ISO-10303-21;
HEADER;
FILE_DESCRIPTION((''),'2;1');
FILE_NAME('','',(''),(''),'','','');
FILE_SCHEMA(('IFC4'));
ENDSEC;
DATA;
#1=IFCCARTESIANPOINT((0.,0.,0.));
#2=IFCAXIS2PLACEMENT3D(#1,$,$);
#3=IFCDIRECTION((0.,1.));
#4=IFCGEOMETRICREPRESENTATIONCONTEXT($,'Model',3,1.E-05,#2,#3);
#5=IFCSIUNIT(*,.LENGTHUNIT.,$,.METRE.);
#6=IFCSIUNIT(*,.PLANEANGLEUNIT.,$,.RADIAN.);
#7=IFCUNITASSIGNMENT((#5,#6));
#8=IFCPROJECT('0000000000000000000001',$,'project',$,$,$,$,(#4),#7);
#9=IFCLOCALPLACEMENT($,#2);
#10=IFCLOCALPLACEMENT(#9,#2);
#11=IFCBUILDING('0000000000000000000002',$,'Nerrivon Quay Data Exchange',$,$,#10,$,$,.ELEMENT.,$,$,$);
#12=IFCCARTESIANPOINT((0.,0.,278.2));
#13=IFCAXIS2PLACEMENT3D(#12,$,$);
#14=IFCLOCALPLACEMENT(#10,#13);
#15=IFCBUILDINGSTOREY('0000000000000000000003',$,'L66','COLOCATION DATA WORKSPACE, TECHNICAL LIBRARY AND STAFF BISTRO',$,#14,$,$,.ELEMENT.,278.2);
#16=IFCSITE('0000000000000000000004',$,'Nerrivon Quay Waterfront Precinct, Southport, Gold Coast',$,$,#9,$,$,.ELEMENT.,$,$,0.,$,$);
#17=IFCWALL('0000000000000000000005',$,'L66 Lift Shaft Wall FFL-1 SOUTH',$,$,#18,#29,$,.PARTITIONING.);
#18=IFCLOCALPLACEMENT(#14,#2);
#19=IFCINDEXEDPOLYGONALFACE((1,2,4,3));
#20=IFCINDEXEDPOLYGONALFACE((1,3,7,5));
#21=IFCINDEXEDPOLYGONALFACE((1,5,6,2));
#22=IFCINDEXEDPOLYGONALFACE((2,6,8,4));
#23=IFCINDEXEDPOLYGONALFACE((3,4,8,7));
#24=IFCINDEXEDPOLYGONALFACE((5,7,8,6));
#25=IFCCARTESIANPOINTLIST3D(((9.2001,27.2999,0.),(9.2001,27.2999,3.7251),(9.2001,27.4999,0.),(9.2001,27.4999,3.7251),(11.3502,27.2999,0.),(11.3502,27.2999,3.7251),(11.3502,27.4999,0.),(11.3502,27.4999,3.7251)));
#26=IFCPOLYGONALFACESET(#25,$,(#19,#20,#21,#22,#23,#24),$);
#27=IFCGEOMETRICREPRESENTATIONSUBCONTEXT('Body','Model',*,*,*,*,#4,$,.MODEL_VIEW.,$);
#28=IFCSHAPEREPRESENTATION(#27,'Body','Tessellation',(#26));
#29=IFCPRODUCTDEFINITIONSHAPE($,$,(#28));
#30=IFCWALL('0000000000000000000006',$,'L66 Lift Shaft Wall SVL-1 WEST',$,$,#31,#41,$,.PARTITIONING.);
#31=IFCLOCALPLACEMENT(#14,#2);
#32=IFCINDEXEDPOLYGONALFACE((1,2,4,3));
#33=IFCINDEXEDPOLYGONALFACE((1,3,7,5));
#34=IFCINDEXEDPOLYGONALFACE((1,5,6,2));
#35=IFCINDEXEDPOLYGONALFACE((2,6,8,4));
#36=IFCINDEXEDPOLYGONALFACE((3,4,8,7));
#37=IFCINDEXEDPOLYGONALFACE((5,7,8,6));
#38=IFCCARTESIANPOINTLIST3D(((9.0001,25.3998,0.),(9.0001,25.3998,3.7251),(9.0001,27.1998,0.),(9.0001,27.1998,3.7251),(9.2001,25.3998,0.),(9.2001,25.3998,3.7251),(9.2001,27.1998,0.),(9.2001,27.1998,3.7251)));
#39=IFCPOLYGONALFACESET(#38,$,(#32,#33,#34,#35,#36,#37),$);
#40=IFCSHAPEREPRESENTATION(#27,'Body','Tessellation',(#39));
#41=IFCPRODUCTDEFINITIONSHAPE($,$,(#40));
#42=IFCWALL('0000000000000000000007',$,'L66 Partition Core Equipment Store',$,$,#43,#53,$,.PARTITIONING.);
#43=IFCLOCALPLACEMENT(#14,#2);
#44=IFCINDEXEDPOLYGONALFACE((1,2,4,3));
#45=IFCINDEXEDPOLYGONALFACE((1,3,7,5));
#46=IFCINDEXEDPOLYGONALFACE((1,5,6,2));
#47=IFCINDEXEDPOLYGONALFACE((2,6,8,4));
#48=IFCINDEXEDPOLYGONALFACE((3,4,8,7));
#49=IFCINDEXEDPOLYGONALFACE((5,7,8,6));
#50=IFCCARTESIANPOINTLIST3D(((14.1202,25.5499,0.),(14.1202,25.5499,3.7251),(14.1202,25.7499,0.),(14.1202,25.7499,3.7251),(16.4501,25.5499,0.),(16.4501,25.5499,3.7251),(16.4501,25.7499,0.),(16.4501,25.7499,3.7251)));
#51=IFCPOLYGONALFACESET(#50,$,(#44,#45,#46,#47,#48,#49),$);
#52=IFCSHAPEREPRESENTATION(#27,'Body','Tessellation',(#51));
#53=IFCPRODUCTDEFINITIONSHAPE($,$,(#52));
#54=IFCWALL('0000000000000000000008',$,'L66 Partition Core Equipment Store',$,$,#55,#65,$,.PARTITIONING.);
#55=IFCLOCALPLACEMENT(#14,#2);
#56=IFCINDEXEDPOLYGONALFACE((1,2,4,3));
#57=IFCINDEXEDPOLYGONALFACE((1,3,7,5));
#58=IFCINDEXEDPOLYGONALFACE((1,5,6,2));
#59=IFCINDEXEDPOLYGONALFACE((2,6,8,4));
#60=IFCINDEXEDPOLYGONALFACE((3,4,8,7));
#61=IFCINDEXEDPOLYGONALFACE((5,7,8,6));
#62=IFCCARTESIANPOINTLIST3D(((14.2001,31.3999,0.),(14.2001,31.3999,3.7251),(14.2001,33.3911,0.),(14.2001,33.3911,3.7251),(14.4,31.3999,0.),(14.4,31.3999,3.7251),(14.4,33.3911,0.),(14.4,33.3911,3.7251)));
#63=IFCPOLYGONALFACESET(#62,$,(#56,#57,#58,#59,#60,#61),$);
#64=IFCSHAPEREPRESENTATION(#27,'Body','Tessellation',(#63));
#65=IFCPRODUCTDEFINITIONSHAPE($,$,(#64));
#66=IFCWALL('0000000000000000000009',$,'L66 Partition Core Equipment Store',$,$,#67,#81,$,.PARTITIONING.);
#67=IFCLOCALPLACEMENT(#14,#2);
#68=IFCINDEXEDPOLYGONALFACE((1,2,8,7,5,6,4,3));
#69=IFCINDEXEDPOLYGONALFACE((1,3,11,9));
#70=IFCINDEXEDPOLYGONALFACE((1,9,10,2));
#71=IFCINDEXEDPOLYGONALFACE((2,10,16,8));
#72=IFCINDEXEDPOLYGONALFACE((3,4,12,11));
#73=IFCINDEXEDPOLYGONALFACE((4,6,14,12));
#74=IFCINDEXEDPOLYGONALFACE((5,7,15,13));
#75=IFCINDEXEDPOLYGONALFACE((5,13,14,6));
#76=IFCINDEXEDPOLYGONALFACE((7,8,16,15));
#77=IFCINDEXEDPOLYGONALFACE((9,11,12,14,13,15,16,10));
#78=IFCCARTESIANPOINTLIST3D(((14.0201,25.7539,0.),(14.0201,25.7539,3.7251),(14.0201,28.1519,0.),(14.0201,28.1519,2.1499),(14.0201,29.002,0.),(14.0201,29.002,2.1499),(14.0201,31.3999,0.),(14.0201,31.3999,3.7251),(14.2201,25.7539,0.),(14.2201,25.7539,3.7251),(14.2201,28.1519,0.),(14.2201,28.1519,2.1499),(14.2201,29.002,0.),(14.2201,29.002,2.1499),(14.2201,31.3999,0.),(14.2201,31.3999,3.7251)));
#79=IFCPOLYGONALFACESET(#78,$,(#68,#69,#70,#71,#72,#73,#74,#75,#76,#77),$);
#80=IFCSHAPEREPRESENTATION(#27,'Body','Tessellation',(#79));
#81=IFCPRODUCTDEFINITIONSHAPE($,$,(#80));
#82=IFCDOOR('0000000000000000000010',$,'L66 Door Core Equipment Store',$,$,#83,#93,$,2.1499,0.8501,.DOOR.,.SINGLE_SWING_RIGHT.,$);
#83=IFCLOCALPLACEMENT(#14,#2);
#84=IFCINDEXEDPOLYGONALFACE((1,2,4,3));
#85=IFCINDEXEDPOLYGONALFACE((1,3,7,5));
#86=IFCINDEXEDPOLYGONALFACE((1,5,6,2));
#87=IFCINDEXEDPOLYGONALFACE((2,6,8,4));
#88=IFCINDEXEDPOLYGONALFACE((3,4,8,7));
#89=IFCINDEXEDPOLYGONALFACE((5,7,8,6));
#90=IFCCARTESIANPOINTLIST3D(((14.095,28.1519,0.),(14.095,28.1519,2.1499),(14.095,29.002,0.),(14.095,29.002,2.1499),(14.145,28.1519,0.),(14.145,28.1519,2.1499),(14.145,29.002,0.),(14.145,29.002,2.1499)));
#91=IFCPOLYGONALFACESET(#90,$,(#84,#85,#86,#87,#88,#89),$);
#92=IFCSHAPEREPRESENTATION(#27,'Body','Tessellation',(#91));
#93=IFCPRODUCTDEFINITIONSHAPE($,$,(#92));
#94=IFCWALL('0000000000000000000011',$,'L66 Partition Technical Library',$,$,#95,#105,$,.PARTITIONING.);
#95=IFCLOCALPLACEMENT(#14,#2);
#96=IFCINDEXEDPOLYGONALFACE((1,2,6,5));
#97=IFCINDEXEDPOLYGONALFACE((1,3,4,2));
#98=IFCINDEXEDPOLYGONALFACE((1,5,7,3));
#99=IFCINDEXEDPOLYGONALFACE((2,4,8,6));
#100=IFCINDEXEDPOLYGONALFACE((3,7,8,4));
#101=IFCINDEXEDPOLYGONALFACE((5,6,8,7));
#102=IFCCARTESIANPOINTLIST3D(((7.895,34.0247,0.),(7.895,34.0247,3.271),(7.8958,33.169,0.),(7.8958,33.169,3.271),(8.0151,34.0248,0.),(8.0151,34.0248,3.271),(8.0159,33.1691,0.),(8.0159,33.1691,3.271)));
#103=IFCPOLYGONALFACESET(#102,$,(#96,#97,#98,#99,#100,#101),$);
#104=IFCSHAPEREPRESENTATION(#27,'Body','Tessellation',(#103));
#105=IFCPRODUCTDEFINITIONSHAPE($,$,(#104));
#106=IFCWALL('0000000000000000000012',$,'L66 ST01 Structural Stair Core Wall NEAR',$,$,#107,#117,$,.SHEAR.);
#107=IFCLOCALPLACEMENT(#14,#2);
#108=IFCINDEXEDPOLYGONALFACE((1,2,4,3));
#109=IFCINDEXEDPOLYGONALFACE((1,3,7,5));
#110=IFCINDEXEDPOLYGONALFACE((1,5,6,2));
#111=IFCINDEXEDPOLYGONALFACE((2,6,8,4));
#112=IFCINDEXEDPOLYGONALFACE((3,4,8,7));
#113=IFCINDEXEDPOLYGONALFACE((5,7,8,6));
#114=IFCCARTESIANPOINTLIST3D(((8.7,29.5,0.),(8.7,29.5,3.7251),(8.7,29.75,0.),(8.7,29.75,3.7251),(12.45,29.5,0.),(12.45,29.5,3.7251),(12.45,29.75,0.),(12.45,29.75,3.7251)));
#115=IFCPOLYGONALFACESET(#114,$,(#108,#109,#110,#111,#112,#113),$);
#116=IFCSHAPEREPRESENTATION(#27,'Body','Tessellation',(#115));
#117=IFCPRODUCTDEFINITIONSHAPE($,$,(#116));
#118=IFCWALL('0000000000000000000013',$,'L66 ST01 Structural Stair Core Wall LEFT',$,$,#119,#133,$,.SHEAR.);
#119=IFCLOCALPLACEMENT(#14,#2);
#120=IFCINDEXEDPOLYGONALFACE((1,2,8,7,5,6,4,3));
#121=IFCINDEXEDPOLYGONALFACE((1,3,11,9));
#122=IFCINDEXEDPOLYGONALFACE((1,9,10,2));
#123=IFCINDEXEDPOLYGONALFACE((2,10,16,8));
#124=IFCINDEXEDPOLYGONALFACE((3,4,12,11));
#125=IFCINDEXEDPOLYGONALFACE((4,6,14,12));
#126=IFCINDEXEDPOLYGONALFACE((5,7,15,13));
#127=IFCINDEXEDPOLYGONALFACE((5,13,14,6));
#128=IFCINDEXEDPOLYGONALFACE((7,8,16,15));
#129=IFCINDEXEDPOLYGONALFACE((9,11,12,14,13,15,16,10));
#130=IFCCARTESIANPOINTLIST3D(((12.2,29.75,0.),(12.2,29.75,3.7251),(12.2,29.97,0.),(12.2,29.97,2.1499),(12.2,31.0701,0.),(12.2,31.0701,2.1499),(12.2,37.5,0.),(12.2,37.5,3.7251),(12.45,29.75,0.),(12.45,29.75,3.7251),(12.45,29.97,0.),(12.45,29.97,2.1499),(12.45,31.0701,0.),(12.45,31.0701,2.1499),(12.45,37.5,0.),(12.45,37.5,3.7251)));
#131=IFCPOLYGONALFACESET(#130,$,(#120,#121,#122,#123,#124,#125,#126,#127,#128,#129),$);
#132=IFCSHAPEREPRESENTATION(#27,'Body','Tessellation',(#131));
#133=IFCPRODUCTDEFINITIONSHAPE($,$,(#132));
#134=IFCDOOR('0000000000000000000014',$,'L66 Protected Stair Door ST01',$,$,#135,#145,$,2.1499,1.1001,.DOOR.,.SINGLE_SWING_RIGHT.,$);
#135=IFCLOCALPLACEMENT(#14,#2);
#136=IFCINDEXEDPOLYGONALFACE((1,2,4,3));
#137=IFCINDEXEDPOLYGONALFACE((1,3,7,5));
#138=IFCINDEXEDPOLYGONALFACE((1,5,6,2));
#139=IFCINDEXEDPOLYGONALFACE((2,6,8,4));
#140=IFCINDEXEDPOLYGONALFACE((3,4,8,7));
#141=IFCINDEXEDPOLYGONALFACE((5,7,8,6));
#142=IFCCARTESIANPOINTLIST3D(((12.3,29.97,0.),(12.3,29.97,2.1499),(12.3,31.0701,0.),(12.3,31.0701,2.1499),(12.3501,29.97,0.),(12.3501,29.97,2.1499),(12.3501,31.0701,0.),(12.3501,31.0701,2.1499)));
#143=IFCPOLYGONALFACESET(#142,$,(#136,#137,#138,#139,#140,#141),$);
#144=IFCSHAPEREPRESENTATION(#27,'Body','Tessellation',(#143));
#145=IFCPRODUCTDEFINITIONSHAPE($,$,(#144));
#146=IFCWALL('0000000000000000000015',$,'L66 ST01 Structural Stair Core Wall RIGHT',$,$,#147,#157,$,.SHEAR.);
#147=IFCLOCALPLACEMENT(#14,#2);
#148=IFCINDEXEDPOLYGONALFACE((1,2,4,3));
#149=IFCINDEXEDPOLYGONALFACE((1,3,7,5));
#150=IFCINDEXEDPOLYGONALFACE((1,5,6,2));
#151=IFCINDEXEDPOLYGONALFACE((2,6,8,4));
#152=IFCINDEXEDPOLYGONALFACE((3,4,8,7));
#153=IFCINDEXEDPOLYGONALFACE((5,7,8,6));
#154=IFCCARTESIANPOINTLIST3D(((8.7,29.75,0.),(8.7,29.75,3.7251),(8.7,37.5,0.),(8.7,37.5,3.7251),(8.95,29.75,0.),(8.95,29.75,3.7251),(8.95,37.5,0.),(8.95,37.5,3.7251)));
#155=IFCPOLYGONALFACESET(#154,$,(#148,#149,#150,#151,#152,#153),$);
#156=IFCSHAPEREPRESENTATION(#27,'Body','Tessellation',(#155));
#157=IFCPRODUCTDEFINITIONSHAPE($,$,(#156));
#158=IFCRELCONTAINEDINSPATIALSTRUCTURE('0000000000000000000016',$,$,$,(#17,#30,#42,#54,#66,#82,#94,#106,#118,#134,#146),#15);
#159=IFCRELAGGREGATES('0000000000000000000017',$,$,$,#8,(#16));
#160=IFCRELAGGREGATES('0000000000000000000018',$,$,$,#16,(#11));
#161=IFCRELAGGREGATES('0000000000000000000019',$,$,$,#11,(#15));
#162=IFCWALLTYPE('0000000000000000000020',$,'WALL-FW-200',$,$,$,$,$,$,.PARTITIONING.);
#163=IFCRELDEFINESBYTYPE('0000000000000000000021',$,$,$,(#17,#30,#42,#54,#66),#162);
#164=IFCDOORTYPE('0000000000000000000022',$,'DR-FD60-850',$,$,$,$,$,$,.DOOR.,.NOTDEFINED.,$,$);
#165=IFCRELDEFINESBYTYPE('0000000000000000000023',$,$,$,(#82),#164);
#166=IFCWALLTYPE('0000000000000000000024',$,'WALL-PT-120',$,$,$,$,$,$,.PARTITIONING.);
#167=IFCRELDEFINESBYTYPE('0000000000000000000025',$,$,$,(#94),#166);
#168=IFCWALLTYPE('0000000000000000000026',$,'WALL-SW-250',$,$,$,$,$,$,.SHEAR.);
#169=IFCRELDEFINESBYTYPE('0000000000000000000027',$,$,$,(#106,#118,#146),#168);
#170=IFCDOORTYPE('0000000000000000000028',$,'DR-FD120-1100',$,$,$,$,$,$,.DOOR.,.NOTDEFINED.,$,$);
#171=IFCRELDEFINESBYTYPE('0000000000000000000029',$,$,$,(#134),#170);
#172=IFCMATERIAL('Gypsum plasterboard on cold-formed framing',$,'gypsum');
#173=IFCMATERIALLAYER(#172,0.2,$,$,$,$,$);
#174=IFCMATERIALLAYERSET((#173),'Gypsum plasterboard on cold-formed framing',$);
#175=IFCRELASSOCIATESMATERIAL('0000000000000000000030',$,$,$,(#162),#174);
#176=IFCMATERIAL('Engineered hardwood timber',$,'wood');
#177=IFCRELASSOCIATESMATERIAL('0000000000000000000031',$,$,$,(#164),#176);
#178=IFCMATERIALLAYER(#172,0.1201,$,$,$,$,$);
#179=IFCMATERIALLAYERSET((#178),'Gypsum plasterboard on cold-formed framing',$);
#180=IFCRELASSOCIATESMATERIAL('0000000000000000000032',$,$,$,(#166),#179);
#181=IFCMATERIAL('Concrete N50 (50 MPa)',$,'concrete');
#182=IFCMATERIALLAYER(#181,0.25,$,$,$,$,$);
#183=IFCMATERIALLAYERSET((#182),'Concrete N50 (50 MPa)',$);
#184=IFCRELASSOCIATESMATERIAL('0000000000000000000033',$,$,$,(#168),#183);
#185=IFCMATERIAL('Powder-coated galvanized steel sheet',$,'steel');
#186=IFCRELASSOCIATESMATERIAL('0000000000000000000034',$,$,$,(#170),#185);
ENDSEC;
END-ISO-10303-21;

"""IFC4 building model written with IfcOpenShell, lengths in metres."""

from ifc_helpers import new_model, si_unit, direction, frame, frame_2d, origin, place, context, subcontext, project, spatial, rectangle, extrude, material, layer, layer_set, type_object, element, fill, save


model = new_model("IFC4")

# Units and contexts
model_context = context("Model", 3, precision=1e-05, world=origin(), true_north=direction((0.0, 1.0)))
body_context = subcontext(model_context, "Body", "Model", "MODEL_VIEW")
ifc_project = project(units=[si_unit("LENGTHUNIT", "METRE"), si_unit("PLANEANGLEUNIT", "RADIAN")], contexts=[model_context])

# Site, building, storey
site_placement = place(None, origin())
site = spatial("IfcSite", under=ifc_project, at=site_placement, Name="Nerrivon Quay Waterfront Precinct, Southport, Gold Coast", CompositionType="ELEMENT", RefElevation=0.0)
building_placement = place(site_placement, origin())
building = spatial("IfcBuilding", under=site, at=building_placement, Name="Nerrivon Quay Data Exchange", CompositionType="ELEMENT")
storey_placement = place(building_placement, frame((0.0, 0.0, 278.2)))
storey = spatial("IfcBuildingStorey", under=building, at=storey_placement, Name="L66", Description="COLOCATION DATA WORKSPACE, TECHNICAL LIBRARY AND STAFF BISTRO", CompositionType="ELEMENT", Elevation=278.2)

# Shared definitions
ifc_material_1 = material(Name="Concrete N50 (50 MPa)", Category="concrete")

# Shared definitions
ifc_material_2 = material(Name="Gypsum plasterboard on cold-formed framing", Category="gypsum")
ifc_layer_1 = layer(ifc_material_2, 0.2)
ifc_layer_set_1 = layer_set([ifc_layer_1], Name="Gypsum plasterboard on cold-formed framing")
wall_type_1 = type_object("IfcWallType", Name="WALL-FW-200", PredefinedType="PARTITIONING", material=ifc_layer_set_1)
ifc_material_3 = material(Name="Powder-coated galvanized steel sheet", Category="steel")

# Walls
wall_1_placement = place(storey_placement, frame((9.2, 27.3999, 0.0), z_axis=(0.0, 0.0, 1.0), x_axis=(1.0, 0.0, 0.0)))
element("IfcWall", 1, at=wall_1_placement, inside=storey, type_object=wall_type_1, Name="L66 Lift Shaft Wall FFL-1 SOUTH", PredefinedType="PARTITIONING", context=body_context, shape_type="SweptSolid", body=[
    extrude(rectangle(XDim=2.1501, YDim=0.2, at=frame_2d((1.0752, 0.0))), origin(), (0.0, 0.0, 1.0), 3.7251),
])
wall_2_placement = place(storey_placement, frame((9.1001, 25.3999, 0.0), z_axis=(0.0, 0.0, 1.0), x_axis=(0.0, 1.0, 0.0)))
element("IfcWall", 2, at=wall_2_placement, inside=storey, type_object=wall_type_1, Name="L66 Lift Shaft Wall SVL-1 WEST", PredefinedType="PARTITIONING", context=body_context, shape_type="SweptSolid", body=[
    extrude(rectangle(XDim=1.8, YDim=0.2, at=frame_2d((0.8999, 0.0))), origin(), (0.0, 0.0, 1.0), 3.7251),
])
wall_3_placement = place(storey_placement, frame((14.1201, 25.6499, 0.0), z_axis=(0.0, 0.0, 1.0), x_axis=(1.0, 0.0, 0.0)))
element("IfcWall", 3, at=wall_3_placement, inside=storey, type_object=wall_type_1, Name="L66 Partition Core Equipment Store", PredefinedType="PARTITIONING", context=body_context, shape_type="SweptSolid", body=[
    extrude(rectangle(XDim=2.3298, YDim=0.2, at=frame_2d((1.165, 0.0))), origin(), (0.0, 0.0, 1.0), 3.7251),
])
wall_4_placement = place(storey_placement, frame((14.3, 33.3911, 0.0), z_axis=(0.0, 0.0, 1.0), x_axis=(0.0, -1.0, 0.0)))
element("IfcWall", 4, at=wall_4_placement, inside=storey, type_object=wall_type_1, Name="L66 Partition Core Equipment Store", PredefinedType="PARTITIONING", context=body_context, shape_type="SweptSolid", body=[
    extrude(rectangle(XDim=1.9912, YDim=0.2, at=frame_2d((0.9956, 0.0))), origin(), (0.0, 0.0, 1.0), 3.7251),
])

# Wall, opening, door
wall_5_placement = place(storey_placement, frame((14.1201, 31.3999, 0.0), z_axis=(0.0, 0.0, 1.0), x_axis=(0.0, -1.0, 0.0)))
wall_5 = element("IfcWall", 5, at=wall_5_placement, inside=storey, type_object=wall_type_1, Name="L66 Partition Core Equipment Store", PredefinedType="PARTITIONING", context=body_context, shape_type="SweptSolid", body=[
    extrude(rectangle(XDim=5.646, YDim=0.2, at=frame_2d((2.823, 0.0))), origin(), (0.0, 0.0, 1.0), 3.7251),
])
opening_1_placement = place(wall_5_placement, frame((2.3979, 0.0, 0.0)))
opening_1 = element("IfcOpeningElement", 6, at=opening_1_placement, cuts=wall_5, PredefinedType="OPENING", context=body_context, shape_type="SweptSolid", body=[
    extrude(rectangle(XDim=0.8501, YDim=2.1499, at=frame_2d((0.425, 1.075))), frame((0.0, 0.1099, 0.0), z_axis=(0.0, -1.0, 0.0), x_axis=(1.0, 0.0, 0.0)), (0.0, 0.0, 1.0), 0.22),
])
ifc_material_4 = material(Name="Engineered hardwood timber", Category="wood")
door_type_1 = type_object("IfcDoorType", Name="DR-FD60-850", OperationType="NOTDEFINED", PredefinedType="DOOR", material=ifc_material_4)
door_1_placement = place(opening_1_placement, origin())
door_1 = element("IfcDoor", 7, at=door_1_placement, inside=storey, type_object=door_type_1, Name="L66 Door Core Equipment Store", OperationType="SINGLE_SWING_RIGHT", OverallHeight=2.1499, OverallWidth=0.8501, PredefinedType="DOOR", context=body_context, shape_type="SweptSolid", body=[
    extrude(rectangle(XDim=0.8501, YDim=2.1499, at=frame_2d((0.425, 1.075))), frame((0.0, 0.0249, 0.0), z_axis=(0.0, -1.0, 0.0), x_axis=(1.0, 0.0, 0.0)), (0.0, 0.0, 1.0), 0.05),
])
fill(opening_1, door_1)

# Walls
ifc_layer_2 = layer(ifc_material_2, 0.1201)
ifc_layer_set_2 = layer_set([ifc_layer_2], Name="Gypsum plasterboard on cold-formed framing")
wall_type_2 = type_object("IfcWallType", Name="WALL-PT-120", PredefinedType="PARTITIONING", material=ifc_layer_set_2)
wall_6_placement = place(storey_placement, frame((7.9558, 33.1692, 0.0), z_axis=(0.0, 0.0, 1.0), x_axis=(-0.000856, 1.0, 0.0)))
element("IfcWall", 8, at=wall_6_placement, inside=storey, type_object=wall_type_2, Name="L66 Partition Technical Library", PredefinedType="PARTITIONING", context=body_context, shape_type="SweptSolid", body=[
    extrude(rectangle(XDim=0.8557, YDim=0.1201, at=frame_2d((0.4277, 0.0))), origin(), (0.0, 0.0, 1.0), 3.271),
])
ifc_layer_3 = layer(ifc_material_1, 0.25)
ifc_layer_set_3 = layer_set([ifc_layer_3], Name="Concrete N50 (50 MPa)")
wall_type_3 = type_object("IfcWallType", Name="WALL-SW-250", PredefinedType="SHEAR", material=ifc_layer_set_3)
wall_7_placement = place(storey_placement, frame((12.45, 29.625, 0.0), z_axis=(0.0, 0.0, 1.0), x_axis=(-1.0, 0.0, 0.0)))
element("IfcWall", 9, at=wall_7_placement, inside=storey, type_object=wall_type_3, Name="L66 ST01 Structural Stair Core Wall NEAR", PredefinedType="SHEAR", context=body_context, shape_type="SweptSolid", body=[
    extrude(rectangle(XDim=3.75, YDim=0.25, at=frame_2d((1.875, 0.0))), origin(), (0.0, 0.0, 1.0), 3.7251),
])

# Wall, opening, door
wall_8_placement = place(storey_placement, frame((12.325, 29.75, 0.0), z_axis=(0.0, 0.0, 1.0), x_axis=(0.0, 1.0, 0.0)))
wall_8 = element("IfcWall", 10, at=wall_8_placement, inside=storey, type_object=wall_type_3, Name="L66 ST01 Structural Stair Core Wall LEFT", PredefinedType="SHEAR", context=body_context, shape_type="SweptSolid", body=[
    extrude(rectangle(XDim=7.75, YDim=0.25, at=frame_2d((3.875, 0.0))), origin(), (0.0, 0.0, 1.0), 3.7251),
])
opening_2_placement = place(wall_8_placement, frame((0.22, 0.0, 0.0)))
opening_2 = element("IfcOpeningElement", 11, at=opening_2_placement, cuts=wall_8, PredefinedType="OPENING", context=body_context, shape_type="SweptSolid", body=[
    extrude(rectangle(XDim=1.1001, YDim=2.1499, at=frame_2d((0.55, 1.075))), frame((0.0, 0.135, 0.0), z_axis=(0.0, -1.0, 0.0), x_axis=(1.0, 0.0, 0.0)), (0.0, 0.0, 1.0), 0.27),
])
door_type_2 = type_object("IfcDoorType", Name="DR-FD120-1100", OperationType="NOTDEFINED", PredefinedType="DOOR", material=ifc_material_3)
door_2_placement = place(opening_2_placement, origin())
door_2 = element("IfcDoor", 12, at=door_2_placement, inside=storey, type_object=door_type_2, Name="L66 Protected Stair Door ST01", OperationType="SINGLE_SWING_RIGHT", OverallHeight=2.1499, OverallWidth=1.1001, PredefinedType="DOOR", context=body_context, shape_type="SweptSolid", body=[
    extrude(rectangle(XDim=1.1001, YDim=2.1499, at=frame_2d((0.55, 1.075))), frame((0.0, 0.0249, 0.0), z_axis=(0.0, -1.0, 0.0), x_axis=(1.0, 0.0, 0.0)), (0.0, 0.0, 1.0), 0.05),
])
fill(opening_2, door_2)

# Wall
wall_9_placement = place(storey_placement, frame((8.825, 29.75, 0.0), z_axis=(0.0, 0.0, 1.0), x_axis=(0.0, 1.0, 0.0)))
element("IfcWall", 13, at=wall_9_placement, inside=storey, type_object=wall_type_3, Name="L66 ST01 Structural Stair Core Wall RIGHT", PredefinedType="SHEAR", context=body_context, shape_type="SweptSolid", body=[
    extrude(rectangle(XDim=7.75, YDim=0.25, at=frame_2d((3.875, 0.0))), origin(), (0.0, 0.0, 1.0), 3.7251),
])

save(model, "model.ifc")
